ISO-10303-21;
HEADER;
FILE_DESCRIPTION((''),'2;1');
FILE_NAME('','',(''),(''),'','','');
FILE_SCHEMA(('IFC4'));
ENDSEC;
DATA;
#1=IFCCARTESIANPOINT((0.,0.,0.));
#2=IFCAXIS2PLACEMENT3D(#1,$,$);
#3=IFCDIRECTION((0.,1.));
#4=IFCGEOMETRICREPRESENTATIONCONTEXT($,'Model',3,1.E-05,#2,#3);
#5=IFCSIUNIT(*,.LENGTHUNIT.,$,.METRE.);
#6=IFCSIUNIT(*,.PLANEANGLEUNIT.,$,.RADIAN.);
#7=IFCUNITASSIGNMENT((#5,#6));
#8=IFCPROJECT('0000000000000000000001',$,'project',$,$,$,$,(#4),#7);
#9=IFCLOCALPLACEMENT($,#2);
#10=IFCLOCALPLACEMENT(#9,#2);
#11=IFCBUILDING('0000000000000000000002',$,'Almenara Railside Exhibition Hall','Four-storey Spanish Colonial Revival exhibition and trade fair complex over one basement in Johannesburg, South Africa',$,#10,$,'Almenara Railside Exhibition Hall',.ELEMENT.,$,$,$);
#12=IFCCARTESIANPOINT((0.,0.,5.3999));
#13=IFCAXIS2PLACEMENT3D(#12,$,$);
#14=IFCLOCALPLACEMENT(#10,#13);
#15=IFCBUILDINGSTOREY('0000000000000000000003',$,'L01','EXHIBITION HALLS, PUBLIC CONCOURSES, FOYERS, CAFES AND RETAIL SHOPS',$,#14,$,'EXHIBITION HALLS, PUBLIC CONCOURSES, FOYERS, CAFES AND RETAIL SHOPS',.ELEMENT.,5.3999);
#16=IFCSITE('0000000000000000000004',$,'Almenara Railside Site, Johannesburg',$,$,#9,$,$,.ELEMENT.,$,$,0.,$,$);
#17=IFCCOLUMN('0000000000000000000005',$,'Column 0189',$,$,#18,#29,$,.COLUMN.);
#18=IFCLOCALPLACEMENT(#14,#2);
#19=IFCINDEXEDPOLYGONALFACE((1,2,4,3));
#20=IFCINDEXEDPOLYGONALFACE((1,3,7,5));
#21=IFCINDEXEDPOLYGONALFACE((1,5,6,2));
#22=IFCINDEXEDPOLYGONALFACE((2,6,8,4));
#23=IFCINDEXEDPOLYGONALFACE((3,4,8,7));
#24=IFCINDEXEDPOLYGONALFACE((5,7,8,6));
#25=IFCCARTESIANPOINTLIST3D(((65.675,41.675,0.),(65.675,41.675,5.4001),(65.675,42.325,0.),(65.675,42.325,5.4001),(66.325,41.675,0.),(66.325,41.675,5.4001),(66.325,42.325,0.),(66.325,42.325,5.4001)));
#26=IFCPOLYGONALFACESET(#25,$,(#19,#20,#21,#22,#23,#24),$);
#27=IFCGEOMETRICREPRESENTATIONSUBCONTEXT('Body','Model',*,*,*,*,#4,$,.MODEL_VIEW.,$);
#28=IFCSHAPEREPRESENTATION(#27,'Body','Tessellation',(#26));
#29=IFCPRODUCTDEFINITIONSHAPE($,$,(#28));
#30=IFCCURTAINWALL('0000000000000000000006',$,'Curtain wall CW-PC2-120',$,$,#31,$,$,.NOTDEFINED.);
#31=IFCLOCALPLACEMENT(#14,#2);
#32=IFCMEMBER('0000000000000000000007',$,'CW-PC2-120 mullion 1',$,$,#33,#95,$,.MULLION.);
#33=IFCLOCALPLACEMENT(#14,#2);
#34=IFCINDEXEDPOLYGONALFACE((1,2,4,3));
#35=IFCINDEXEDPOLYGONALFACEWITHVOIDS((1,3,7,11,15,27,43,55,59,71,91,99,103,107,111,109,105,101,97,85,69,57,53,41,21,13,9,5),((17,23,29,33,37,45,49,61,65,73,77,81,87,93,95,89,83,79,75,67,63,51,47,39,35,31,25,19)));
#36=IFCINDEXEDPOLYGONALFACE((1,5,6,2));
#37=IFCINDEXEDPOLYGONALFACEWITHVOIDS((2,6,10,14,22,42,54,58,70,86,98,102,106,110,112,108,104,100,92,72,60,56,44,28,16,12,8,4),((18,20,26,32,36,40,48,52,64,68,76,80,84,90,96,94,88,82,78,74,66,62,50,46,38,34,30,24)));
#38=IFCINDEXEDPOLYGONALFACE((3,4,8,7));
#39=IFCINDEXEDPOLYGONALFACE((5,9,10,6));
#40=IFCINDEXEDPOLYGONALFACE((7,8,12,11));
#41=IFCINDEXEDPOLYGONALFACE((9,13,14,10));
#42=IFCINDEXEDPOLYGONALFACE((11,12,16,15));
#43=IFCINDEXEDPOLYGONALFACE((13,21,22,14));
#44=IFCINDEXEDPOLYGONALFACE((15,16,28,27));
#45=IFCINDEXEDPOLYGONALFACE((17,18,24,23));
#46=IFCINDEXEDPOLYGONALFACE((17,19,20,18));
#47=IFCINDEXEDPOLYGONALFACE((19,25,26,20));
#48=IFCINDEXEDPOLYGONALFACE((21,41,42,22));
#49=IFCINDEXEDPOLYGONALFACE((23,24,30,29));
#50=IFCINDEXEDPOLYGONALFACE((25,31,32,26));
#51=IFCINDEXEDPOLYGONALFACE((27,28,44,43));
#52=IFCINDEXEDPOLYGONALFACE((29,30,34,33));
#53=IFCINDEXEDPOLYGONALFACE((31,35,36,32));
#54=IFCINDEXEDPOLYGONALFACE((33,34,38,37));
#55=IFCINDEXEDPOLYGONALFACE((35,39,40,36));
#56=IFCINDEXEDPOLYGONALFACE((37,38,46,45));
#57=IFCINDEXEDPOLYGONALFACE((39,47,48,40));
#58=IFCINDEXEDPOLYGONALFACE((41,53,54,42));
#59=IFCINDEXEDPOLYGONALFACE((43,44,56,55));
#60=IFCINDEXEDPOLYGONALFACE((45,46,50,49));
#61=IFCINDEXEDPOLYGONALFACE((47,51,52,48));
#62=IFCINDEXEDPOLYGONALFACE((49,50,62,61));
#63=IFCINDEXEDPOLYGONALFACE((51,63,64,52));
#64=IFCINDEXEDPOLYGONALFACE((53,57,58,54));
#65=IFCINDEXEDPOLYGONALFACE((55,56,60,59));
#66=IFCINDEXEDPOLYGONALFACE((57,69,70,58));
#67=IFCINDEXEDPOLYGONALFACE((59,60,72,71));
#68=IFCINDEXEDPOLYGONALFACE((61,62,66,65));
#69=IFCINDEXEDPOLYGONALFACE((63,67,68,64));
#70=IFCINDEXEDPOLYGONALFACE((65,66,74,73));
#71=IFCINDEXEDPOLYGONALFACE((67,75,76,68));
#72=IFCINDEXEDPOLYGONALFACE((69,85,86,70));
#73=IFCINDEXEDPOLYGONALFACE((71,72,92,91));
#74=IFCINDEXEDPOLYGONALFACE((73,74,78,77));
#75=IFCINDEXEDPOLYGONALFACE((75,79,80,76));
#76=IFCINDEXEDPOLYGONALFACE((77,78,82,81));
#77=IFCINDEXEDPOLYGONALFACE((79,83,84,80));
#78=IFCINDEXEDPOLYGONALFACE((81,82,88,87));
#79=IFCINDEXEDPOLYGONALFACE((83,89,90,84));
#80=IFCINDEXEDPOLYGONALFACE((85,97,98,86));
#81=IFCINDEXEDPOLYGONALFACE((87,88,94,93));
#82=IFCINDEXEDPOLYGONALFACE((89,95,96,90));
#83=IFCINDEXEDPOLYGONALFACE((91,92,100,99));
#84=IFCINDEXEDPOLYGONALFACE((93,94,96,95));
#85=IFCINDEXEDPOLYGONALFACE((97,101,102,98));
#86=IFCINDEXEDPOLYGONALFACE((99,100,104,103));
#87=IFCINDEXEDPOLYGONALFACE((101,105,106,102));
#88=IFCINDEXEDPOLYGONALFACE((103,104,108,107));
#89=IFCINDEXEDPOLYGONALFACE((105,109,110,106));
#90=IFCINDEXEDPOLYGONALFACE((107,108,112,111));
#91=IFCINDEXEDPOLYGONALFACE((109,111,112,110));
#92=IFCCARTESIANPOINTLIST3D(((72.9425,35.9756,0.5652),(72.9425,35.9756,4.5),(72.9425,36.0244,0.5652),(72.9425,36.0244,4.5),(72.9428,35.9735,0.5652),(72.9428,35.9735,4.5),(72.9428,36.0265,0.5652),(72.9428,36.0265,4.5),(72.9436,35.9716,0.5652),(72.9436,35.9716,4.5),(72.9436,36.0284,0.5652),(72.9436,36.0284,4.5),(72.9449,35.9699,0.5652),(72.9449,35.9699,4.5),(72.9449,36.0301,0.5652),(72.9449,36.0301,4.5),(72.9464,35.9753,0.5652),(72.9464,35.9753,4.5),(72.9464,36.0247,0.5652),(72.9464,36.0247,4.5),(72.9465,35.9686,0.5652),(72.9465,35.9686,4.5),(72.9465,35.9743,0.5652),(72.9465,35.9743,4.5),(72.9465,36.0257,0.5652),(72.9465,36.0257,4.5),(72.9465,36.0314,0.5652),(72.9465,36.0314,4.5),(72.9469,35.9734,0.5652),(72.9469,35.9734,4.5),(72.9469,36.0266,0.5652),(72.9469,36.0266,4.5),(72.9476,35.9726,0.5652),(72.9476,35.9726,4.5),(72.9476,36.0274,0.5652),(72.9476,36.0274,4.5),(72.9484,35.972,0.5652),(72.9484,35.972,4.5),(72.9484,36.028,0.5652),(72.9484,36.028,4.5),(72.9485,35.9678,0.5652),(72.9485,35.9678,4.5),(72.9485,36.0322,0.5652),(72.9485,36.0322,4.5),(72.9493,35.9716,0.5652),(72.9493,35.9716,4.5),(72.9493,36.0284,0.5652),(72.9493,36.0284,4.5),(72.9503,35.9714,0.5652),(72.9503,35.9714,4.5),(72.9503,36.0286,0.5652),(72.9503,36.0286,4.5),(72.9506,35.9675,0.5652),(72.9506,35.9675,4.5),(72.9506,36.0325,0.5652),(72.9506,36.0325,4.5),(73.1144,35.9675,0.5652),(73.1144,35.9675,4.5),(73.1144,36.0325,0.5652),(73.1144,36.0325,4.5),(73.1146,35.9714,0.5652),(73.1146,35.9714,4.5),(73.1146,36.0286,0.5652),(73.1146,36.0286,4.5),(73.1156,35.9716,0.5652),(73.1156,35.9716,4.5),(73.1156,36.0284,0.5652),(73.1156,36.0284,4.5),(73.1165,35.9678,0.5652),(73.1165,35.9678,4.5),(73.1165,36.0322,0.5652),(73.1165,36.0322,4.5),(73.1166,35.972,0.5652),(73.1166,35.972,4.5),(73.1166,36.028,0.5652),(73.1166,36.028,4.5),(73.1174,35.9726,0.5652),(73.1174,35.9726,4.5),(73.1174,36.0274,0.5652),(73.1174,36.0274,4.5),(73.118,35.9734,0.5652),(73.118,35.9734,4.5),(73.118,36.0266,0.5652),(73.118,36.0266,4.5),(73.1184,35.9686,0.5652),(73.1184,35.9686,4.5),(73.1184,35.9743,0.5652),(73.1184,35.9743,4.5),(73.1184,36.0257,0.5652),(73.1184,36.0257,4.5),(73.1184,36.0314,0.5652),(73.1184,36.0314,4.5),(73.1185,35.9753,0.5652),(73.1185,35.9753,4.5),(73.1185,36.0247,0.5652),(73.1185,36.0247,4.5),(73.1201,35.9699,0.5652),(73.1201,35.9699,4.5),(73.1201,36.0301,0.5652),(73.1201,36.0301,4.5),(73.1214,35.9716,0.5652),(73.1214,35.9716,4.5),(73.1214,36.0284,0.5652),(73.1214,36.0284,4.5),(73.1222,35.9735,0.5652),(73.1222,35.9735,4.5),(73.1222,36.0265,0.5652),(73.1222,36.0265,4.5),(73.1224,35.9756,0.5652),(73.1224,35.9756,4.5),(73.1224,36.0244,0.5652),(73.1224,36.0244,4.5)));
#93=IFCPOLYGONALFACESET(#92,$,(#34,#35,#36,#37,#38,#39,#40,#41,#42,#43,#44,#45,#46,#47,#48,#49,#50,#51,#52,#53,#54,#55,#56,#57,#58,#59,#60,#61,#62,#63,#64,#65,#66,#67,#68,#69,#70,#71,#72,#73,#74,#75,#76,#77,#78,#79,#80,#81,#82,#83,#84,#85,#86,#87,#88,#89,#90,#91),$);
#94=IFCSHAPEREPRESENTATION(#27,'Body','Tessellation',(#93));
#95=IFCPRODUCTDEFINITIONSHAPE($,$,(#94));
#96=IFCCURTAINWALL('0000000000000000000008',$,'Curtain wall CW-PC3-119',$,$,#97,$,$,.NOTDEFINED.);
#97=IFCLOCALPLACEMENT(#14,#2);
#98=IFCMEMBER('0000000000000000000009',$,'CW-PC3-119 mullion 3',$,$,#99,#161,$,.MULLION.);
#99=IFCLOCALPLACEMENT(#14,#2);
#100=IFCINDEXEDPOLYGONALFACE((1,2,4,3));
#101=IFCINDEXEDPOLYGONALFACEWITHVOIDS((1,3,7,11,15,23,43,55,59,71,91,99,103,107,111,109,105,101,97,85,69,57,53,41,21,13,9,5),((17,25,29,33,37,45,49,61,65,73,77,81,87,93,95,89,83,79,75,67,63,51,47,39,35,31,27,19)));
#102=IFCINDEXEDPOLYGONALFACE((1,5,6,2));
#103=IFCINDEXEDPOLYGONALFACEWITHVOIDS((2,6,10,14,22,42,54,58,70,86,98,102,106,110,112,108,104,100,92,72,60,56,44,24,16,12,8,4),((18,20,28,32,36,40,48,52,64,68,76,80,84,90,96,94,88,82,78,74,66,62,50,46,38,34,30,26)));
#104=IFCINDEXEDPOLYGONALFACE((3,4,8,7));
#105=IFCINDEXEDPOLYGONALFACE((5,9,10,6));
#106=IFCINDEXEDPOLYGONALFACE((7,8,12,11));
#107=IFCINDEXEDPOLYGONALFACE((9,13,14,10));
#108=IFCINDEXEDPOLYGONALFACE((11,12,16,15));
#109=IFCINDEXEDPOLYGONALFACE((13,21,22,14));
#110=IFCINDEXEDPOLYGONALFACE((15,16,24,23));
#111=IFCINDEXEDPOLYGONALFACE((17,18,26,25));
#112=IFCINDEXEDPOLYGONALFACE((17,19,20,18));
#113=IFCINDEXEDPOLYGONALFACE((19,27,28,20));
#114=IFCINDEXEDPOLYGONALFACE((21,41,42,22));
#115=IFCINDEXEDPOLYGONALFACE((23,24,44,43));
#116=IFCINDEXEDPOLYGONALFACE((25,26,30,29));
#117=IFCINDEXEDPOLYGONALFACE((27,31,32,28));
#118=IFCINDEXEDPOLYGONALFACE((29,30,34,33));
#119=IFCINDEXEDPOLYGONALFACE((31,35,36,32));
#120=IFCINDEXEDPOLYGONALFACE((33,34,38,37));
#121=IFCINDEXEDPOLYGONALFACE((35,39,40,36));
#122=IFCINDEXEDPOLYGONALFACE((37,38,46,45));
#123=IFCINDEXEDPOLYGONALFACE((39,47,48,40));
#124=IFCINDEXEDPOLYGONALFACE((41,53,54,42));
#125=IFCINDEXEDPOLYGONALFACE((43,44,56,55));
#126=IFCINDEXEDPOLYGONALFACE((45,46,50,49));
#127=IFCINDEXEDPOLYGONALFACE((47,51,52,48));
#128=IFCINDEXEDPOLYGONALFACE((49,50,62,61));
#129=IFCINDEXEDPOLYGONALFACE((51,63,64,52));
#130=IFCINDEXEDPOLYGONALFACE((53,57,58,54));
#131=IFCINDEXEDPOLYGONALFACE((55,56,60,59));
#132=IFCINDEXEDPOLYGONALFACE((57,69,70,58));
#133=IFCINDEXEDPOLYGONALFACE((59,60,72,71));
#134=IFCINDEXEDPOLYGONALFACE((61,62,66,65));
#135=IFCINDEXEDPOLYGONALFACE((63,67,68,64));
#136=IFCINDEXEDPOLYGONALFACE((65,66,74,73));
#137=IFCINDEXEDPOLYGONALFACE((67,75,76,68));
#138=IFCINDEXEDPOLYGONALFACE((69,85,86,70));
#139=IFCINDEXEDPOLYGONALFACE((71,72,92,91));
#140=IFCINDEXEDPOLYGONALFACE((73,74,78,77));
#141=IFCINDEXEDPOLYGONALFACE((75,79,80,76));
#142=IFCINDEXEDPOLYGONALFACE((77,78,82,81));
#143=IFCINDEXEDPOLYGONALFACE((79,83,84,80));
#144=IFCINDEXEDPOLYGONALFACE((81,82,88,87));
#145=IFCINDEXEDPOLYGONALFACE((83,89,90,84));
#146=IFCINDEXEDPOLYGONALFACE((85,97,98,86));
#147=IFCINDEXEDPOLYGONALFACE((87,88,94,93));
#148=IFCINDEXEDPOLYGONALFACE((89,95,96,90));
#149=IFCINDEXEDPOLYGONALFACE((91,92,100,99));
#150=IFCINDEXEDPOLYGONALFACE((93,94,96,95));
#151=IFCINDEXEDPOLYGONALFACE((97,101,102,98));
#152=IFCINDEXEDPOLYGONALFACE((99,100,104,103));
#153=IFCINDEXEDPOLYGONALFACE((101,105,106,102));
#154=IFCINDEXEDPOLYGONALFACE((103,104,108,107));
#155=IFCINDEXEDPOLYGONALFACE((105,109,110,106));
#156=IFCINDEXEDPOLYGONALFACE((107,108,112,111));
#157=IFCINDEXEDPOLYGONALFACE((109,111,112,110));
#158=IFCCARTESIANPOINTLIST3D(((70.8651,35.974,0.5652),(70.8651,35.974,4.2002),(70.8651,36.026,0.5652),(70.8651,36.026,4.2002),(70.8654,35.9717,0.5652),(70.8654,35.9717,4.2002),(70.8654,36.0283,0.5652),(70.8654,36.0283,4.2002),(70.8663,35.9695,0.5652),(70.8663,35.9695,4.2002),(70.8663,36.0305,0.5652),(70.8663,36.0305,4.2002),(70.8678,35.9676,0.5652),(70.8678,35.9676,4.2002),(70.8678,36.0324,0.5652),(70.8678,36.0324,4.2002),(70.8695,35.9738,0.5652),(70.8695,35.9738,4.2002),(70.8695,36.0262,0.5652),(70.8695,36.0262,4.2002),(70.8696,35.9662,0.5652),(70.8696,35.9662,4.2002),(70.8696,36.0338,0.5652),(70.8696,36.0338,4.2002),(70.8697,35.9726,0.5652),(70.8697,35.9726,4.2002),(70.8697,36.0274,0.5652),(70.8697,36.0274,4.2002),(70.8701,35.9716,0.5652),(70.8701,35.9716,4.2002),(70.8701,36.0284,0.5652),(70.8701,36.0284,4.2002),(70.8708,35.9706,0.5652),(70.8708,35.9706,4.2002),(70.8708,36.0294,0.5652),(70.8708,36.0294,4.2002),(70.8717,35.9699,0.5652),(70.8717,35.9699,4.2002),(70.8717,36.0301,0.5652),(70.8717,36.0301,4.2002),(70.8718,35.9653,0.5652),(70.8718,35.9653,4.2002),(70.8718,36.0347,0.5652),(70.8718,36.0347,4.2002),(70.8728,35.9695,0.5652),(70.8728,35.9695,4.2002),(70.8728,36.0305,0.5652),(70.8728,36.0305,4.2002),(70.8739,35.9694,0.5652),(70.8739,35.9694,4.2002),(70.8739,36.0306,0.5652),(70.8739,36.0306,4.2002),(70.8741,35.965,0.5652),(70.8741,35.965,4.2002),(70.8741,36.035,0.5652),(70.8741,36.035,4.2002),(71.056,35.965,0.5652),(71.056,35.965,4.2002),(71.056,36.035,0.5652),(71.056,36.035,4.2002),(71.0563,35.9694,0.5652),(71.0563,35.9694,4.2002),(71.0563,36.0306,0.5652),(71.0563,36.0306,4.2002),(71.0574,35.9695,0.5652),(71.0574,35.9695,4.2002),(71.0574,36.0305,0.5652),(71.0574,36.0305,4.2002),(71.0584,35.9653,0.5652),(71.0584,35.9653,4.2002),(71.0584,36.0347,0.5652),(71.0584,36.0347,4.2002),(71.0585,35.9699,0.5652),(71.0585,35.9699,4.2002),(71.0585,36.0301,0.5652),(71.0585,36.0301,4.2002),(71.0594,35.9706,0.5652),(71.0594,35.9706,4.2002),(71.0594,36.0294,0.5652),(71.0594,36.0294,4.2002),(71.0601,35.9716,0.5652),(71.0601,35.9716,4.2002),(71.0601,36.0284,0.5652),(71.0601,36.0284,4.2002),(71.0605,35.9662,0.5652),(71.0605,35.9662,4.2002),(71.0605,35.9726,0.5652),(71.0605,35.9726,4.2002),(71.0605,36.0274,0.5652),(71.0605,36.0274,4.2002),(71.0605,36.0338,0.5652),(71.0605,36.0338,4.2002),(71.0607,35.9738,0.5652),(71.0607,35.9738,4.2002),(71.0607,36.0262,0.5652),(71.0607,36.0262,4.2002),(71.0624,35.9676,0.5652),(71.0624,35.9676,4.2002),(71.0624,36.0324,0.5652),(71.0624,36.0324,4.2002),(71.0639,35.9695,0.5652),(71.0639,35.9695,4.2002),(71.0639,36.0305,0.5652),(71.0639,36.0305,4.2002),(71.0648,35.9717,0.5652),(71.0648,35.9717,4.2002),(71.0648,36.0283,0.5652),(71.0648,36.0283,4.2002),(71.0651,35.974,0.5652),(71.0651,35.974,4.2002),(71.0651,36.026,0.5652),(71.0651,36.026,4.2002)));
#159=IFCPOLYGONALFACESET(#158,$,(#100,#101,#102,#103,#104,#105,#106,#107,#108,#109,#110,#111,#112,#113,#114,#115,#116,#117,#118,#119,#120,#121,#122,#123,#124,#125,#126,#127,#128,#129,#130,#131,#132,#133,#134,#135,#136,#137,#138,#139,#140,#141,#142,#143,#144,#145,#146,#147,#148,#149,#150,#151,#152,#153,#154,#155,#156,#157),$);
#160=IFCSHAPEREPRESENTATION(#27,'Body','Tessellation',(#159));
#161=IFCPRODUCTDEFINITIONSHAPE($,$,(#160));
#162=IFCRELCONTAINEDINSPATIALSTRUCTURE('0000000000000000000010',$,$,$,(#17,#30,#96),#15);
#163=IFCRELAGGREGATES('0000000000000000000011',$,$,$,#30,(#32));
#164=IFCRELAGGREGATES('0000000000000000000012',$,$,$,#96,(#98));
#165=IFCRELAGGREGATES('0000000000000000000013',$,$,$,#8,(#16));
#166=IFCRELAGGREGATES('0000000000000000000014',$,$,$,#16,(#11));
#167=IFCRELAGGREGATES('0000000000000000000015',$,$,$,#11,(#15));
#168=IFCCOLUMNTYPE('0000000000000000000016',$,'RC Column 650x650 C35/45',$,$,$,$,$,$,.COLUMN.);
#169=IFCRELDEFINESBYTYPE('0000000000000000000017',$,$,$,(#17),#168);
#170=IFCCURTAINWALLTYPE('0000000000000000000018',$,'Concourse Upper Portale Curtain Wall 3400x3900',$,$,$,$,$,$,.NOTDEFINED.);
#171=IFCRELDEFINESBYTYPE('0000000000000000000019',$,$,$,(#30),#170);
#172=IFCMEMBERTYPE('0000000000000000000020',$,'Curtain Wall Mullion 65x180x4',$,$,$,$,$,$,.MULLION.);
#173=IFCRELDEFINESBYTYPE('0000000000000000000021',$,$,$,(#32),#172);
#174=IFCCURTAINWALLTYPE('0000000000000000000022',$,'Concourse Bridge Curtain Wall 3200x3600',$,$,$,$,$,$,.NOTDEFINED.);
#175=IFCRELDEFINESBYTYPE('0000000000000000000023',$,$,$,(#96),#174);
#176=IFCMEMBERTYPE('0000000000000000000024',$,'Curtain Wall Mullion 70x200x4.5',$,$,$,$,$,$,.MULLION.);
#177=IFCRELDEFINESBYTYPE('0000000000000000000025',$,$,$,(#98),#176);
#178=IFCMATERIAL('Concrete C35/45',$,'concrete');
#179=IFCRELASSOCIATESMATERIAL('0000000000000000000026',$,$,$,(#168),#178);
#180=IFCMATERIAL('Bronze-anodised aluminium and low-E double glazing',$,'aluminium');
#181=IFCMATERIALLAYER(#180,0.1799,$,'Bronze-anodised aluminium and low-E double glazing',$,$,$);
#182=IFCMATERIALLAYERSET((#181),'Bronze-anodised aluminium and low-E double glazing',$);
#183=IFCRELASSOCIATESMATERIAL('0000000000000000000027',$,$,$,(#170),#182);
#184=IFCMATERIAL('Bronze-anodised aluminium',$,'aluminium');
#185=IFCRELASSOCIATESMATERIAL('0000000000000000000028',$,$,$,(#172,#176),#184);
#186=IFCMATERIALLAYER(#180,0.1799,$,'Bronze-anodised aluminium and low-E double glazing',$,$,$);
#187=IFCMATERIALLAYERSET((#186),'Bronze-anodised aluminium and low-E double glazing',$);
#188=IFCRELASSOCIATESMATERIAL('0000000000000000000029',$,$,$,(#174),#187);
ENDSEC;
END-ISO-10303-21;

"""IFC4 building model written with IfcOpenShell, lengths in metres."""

from ifc_helpers import new_model, si_unit, direction, frame, origin, origin_2d, place, context, subcontext, project, spatial, rectangle, hollow_rectangle, extrude, material, layer, layer_set, material_profile, profile_set, type_object, element, aggregate, save


model = new_model("IFC4")

# Units and contexts
model_context = context("Model", 3, precision=1e-05, world=origin(), true_north=direction((0.0, 1.0)))
body_context = subcontext(model_context, "Body", "Model", "MODEL_VIEW")
ifc_project = project(units=[si_unit("LENGTHUNIT", "METRE"), si_unit("PLANEANGLEUNIT", "RADIAN")], contexts=[model_context])

# Site, building, storey
site_placement = place(None, origin())
site = spatial("IfcSite", under=ifc_project, at=site_placement, Name="Almenara Railside Site, Johannesburg", CompositionType="ELEMENT", RefElevation=0.0)
building_placement = place(site_placement, origin())
building = spatial("IfcBuilding", under=site, at=building_placement, Name="Almenara Railside Exhibition Hall", Description="Four-storey Spanish Colonial Revival exhibition and trade fair complex over one basement in Johannesburg, South Africa", LongName="Almenara Railside Exhibition Hall", CompositionType="ELEMENT")
storey_placement = place(building_placement, frame((0.0, 0.0, 5.3999)))
storey = spatial("IfcBuildingStorey", under=building, at=storey_placement, Name="L01", Description="EXHIBITION HALLS, PUBLIC CONCOURSES, FOYERS, CAFES AND RETAIL SHOPS", LongName="EXHIBITION HALLS, PUBLIC CONCOURSES, FOYERS, CAFES AND RETAIL SHOPS", CompositionType="ELEMENT", Elevation=5.3999)

# Column
ifc_material_1 = material(Name="Concrete C35/45", Category="concrete")
ifc_material_profile_1 = material_profile(ifc_material_1, rectangle(XDim=0.6499, YDim=0.6499, at=origin_2d()), Name="RC 650x650")
ifc_profile_set_1 = profile_set([ifc_material_profile_1], Name="Concrete C35/45")
column_type = type_object("IfcColumnType", Name="RC Column 650x650 C35/45", PredefinedType="COLUMN", material=ifc_profile_set_1)
column_placement = place(storey_placement, frame((66.0, 42.0, 0.0), z_axis=(0.0, 0.0, 1.0), x_axis=(1.0, 0.0, 0.0)))
element("IfcColumn", 1, at=column_placement, inside=storey, type_object=column_type, Name="Column 0189", PredefinedType="COLUMN", context=body_context, shape_type="SweptSolid", body=[
    extrude(rectangle(XDim=0.6499, YDim=0.6499, at=origin_2d()), origin(), (0.0, 0.0, 1.0), 5.4001),
])

# Curtain walls, members
ifc_material_2 = material(Name="Bronze-anodised aluminium and low-E double glazing", Category="aluminium")
ifc_layer_1 = layer(ifc_material_2, 0.1799, Name="Bronze-anodised aluminium and low-E double glazing")
ifc_layer_set_1 = layer_set([ifc_layer_1], Name="Bronze-anodised aluminium and low-E double glazing")
curtain_wall_type_1 = type_object("IfcCurtainWallType", Name="Concourse Upper Portale Curtain Wall 3400x3900", PredefinedType="NOTDEFINED", material=ifc_layer_set_1)
curtain_wall_1_placement = place(storey_placement, origin())
curtain_wall_1 = element("IfcCurtainWall", 2, at=curtain_wall_1_placement, inside=storey, type_object=curtain_wall_type_1, Name="Curtain wall CW-PC2-120", PredefinedType="NOTDEFINED")
ifc_material_3 = material(Name="Bronze-anodised aluminium", Category="aluminium")
ifc_material_profile_2 = material_profile(ifc_material_3, hollow_rectangle(XDim=0.0649, YDim=0.1799, WallThickness=0.0039, InnerFilletRadius=0.0039, OuterFilletRadius=0.0081, at=origin_2d()), Name="ALU-MUL 65x180x4")
ifc_profile_set_2 = profile_set([ifc_material_profile_2], Name="Bronze-anodised aluminium")
member_type_1 = type_object("IfcMemberType", Name="Curtain Wall Mullion 65x180x4", PredefinedType="MULLION", material=ifc_profile_set_2)
member_1_placement = place(storey_placement, frame((73.0325, 36.0, 0.5652), z_axis=(0.0, 0.0, 1.0), x_axis=(0.0, 1.0, 0.0)))
member_1 = element("IfcMember", 3, at=member_1_placement, type_object=member_type_1, Name="CW-PC2-120 mullion 1", PredefinedType="MULLION", context=body_context, shape_type="SweptSolid", body=[
    extrude(hollow_rectangle(XDim=0.0649, YDim=0.1799, WallThickness=0.0039, InnerFilletRadius=0.0039, OuterFilletRadius=0.0081, at=origin_2d()), origin(), (0.0, 0.0, 1.0), 3.9348),
])
ifc_layer_2 = layer(ifc_material_2, 0.1799, Name="Bronze-anodised aluminium and low-E double glazing")
ifc_layer_set_2 = layer_set([ifc_layer_2], Name="Bronze-anodised aluminium and low-E double glazing")
curtain_wall_type_2 = type_object("IfcCurtainWallType", Name="Concourse Bridge Curtain Wall 3200x3600", PredefinedType="NOTDEFINED", material=ifc_layer_set_2)
curtain_wall_2_placement = place(storey_placement, origin())
curtain_wall_2 = element("IfcCurtainWall", 4, at=curtain_wall_2_placement, inside=storey, type_object=curtain_wall_type_2, Name="Curtain wall CW-PC3-119", PredefinedType="NOTDEFINED")
ifc_material_profile_3 = material_profile(ifc_material_3, hollow_rectangle(XDim=0.0701, YDim=0.2, WallThickness=0.0044, InnerFilletRadius=0.0044, OuterFilletRadius=0.009, at=origin_2d()), Name="ALU-MUL 70x200x4.5")
ifc_profile_set_3 = profile_set([ifc_material_profile_3], Name="Bronze-anodised aluminium")
member_type_2 = type_object("IfcMemberType", Name="Curtain Wall Mullion 70x200x4.5", PredefinedType="MULLION", material=ifc_profile_set_3)
member_2_placement = place(storey_placement, frame((70.9651, 36.0, 0.5652), z_axis=(0.0, 0.0, 1.0), x_axis=(0.0, 1.0, 0.0)))
member_2 = element("IfcMember", 5, at=member_2_placement, type_object=member_type_2, Name="CW-PC3-119 mullion 3", PredefinedType="MULLION", context=body_context, shape_type="SweptSolid", body=[
    extrude(hollow_rectangle(XDim=0.0701, YDim=0.2, WallThickness=0.0044, InnerFilletRadius=0.0044, OuterFilletRadius=0.009, at=origin_2d()), origin(), (0.0, 0.0, 1.0), 3.635),
])

aggregate(curtain_wall_1, [member_1])

aggregate(curtain_wall_2, [member_2])

save(model, "model.ifc")
